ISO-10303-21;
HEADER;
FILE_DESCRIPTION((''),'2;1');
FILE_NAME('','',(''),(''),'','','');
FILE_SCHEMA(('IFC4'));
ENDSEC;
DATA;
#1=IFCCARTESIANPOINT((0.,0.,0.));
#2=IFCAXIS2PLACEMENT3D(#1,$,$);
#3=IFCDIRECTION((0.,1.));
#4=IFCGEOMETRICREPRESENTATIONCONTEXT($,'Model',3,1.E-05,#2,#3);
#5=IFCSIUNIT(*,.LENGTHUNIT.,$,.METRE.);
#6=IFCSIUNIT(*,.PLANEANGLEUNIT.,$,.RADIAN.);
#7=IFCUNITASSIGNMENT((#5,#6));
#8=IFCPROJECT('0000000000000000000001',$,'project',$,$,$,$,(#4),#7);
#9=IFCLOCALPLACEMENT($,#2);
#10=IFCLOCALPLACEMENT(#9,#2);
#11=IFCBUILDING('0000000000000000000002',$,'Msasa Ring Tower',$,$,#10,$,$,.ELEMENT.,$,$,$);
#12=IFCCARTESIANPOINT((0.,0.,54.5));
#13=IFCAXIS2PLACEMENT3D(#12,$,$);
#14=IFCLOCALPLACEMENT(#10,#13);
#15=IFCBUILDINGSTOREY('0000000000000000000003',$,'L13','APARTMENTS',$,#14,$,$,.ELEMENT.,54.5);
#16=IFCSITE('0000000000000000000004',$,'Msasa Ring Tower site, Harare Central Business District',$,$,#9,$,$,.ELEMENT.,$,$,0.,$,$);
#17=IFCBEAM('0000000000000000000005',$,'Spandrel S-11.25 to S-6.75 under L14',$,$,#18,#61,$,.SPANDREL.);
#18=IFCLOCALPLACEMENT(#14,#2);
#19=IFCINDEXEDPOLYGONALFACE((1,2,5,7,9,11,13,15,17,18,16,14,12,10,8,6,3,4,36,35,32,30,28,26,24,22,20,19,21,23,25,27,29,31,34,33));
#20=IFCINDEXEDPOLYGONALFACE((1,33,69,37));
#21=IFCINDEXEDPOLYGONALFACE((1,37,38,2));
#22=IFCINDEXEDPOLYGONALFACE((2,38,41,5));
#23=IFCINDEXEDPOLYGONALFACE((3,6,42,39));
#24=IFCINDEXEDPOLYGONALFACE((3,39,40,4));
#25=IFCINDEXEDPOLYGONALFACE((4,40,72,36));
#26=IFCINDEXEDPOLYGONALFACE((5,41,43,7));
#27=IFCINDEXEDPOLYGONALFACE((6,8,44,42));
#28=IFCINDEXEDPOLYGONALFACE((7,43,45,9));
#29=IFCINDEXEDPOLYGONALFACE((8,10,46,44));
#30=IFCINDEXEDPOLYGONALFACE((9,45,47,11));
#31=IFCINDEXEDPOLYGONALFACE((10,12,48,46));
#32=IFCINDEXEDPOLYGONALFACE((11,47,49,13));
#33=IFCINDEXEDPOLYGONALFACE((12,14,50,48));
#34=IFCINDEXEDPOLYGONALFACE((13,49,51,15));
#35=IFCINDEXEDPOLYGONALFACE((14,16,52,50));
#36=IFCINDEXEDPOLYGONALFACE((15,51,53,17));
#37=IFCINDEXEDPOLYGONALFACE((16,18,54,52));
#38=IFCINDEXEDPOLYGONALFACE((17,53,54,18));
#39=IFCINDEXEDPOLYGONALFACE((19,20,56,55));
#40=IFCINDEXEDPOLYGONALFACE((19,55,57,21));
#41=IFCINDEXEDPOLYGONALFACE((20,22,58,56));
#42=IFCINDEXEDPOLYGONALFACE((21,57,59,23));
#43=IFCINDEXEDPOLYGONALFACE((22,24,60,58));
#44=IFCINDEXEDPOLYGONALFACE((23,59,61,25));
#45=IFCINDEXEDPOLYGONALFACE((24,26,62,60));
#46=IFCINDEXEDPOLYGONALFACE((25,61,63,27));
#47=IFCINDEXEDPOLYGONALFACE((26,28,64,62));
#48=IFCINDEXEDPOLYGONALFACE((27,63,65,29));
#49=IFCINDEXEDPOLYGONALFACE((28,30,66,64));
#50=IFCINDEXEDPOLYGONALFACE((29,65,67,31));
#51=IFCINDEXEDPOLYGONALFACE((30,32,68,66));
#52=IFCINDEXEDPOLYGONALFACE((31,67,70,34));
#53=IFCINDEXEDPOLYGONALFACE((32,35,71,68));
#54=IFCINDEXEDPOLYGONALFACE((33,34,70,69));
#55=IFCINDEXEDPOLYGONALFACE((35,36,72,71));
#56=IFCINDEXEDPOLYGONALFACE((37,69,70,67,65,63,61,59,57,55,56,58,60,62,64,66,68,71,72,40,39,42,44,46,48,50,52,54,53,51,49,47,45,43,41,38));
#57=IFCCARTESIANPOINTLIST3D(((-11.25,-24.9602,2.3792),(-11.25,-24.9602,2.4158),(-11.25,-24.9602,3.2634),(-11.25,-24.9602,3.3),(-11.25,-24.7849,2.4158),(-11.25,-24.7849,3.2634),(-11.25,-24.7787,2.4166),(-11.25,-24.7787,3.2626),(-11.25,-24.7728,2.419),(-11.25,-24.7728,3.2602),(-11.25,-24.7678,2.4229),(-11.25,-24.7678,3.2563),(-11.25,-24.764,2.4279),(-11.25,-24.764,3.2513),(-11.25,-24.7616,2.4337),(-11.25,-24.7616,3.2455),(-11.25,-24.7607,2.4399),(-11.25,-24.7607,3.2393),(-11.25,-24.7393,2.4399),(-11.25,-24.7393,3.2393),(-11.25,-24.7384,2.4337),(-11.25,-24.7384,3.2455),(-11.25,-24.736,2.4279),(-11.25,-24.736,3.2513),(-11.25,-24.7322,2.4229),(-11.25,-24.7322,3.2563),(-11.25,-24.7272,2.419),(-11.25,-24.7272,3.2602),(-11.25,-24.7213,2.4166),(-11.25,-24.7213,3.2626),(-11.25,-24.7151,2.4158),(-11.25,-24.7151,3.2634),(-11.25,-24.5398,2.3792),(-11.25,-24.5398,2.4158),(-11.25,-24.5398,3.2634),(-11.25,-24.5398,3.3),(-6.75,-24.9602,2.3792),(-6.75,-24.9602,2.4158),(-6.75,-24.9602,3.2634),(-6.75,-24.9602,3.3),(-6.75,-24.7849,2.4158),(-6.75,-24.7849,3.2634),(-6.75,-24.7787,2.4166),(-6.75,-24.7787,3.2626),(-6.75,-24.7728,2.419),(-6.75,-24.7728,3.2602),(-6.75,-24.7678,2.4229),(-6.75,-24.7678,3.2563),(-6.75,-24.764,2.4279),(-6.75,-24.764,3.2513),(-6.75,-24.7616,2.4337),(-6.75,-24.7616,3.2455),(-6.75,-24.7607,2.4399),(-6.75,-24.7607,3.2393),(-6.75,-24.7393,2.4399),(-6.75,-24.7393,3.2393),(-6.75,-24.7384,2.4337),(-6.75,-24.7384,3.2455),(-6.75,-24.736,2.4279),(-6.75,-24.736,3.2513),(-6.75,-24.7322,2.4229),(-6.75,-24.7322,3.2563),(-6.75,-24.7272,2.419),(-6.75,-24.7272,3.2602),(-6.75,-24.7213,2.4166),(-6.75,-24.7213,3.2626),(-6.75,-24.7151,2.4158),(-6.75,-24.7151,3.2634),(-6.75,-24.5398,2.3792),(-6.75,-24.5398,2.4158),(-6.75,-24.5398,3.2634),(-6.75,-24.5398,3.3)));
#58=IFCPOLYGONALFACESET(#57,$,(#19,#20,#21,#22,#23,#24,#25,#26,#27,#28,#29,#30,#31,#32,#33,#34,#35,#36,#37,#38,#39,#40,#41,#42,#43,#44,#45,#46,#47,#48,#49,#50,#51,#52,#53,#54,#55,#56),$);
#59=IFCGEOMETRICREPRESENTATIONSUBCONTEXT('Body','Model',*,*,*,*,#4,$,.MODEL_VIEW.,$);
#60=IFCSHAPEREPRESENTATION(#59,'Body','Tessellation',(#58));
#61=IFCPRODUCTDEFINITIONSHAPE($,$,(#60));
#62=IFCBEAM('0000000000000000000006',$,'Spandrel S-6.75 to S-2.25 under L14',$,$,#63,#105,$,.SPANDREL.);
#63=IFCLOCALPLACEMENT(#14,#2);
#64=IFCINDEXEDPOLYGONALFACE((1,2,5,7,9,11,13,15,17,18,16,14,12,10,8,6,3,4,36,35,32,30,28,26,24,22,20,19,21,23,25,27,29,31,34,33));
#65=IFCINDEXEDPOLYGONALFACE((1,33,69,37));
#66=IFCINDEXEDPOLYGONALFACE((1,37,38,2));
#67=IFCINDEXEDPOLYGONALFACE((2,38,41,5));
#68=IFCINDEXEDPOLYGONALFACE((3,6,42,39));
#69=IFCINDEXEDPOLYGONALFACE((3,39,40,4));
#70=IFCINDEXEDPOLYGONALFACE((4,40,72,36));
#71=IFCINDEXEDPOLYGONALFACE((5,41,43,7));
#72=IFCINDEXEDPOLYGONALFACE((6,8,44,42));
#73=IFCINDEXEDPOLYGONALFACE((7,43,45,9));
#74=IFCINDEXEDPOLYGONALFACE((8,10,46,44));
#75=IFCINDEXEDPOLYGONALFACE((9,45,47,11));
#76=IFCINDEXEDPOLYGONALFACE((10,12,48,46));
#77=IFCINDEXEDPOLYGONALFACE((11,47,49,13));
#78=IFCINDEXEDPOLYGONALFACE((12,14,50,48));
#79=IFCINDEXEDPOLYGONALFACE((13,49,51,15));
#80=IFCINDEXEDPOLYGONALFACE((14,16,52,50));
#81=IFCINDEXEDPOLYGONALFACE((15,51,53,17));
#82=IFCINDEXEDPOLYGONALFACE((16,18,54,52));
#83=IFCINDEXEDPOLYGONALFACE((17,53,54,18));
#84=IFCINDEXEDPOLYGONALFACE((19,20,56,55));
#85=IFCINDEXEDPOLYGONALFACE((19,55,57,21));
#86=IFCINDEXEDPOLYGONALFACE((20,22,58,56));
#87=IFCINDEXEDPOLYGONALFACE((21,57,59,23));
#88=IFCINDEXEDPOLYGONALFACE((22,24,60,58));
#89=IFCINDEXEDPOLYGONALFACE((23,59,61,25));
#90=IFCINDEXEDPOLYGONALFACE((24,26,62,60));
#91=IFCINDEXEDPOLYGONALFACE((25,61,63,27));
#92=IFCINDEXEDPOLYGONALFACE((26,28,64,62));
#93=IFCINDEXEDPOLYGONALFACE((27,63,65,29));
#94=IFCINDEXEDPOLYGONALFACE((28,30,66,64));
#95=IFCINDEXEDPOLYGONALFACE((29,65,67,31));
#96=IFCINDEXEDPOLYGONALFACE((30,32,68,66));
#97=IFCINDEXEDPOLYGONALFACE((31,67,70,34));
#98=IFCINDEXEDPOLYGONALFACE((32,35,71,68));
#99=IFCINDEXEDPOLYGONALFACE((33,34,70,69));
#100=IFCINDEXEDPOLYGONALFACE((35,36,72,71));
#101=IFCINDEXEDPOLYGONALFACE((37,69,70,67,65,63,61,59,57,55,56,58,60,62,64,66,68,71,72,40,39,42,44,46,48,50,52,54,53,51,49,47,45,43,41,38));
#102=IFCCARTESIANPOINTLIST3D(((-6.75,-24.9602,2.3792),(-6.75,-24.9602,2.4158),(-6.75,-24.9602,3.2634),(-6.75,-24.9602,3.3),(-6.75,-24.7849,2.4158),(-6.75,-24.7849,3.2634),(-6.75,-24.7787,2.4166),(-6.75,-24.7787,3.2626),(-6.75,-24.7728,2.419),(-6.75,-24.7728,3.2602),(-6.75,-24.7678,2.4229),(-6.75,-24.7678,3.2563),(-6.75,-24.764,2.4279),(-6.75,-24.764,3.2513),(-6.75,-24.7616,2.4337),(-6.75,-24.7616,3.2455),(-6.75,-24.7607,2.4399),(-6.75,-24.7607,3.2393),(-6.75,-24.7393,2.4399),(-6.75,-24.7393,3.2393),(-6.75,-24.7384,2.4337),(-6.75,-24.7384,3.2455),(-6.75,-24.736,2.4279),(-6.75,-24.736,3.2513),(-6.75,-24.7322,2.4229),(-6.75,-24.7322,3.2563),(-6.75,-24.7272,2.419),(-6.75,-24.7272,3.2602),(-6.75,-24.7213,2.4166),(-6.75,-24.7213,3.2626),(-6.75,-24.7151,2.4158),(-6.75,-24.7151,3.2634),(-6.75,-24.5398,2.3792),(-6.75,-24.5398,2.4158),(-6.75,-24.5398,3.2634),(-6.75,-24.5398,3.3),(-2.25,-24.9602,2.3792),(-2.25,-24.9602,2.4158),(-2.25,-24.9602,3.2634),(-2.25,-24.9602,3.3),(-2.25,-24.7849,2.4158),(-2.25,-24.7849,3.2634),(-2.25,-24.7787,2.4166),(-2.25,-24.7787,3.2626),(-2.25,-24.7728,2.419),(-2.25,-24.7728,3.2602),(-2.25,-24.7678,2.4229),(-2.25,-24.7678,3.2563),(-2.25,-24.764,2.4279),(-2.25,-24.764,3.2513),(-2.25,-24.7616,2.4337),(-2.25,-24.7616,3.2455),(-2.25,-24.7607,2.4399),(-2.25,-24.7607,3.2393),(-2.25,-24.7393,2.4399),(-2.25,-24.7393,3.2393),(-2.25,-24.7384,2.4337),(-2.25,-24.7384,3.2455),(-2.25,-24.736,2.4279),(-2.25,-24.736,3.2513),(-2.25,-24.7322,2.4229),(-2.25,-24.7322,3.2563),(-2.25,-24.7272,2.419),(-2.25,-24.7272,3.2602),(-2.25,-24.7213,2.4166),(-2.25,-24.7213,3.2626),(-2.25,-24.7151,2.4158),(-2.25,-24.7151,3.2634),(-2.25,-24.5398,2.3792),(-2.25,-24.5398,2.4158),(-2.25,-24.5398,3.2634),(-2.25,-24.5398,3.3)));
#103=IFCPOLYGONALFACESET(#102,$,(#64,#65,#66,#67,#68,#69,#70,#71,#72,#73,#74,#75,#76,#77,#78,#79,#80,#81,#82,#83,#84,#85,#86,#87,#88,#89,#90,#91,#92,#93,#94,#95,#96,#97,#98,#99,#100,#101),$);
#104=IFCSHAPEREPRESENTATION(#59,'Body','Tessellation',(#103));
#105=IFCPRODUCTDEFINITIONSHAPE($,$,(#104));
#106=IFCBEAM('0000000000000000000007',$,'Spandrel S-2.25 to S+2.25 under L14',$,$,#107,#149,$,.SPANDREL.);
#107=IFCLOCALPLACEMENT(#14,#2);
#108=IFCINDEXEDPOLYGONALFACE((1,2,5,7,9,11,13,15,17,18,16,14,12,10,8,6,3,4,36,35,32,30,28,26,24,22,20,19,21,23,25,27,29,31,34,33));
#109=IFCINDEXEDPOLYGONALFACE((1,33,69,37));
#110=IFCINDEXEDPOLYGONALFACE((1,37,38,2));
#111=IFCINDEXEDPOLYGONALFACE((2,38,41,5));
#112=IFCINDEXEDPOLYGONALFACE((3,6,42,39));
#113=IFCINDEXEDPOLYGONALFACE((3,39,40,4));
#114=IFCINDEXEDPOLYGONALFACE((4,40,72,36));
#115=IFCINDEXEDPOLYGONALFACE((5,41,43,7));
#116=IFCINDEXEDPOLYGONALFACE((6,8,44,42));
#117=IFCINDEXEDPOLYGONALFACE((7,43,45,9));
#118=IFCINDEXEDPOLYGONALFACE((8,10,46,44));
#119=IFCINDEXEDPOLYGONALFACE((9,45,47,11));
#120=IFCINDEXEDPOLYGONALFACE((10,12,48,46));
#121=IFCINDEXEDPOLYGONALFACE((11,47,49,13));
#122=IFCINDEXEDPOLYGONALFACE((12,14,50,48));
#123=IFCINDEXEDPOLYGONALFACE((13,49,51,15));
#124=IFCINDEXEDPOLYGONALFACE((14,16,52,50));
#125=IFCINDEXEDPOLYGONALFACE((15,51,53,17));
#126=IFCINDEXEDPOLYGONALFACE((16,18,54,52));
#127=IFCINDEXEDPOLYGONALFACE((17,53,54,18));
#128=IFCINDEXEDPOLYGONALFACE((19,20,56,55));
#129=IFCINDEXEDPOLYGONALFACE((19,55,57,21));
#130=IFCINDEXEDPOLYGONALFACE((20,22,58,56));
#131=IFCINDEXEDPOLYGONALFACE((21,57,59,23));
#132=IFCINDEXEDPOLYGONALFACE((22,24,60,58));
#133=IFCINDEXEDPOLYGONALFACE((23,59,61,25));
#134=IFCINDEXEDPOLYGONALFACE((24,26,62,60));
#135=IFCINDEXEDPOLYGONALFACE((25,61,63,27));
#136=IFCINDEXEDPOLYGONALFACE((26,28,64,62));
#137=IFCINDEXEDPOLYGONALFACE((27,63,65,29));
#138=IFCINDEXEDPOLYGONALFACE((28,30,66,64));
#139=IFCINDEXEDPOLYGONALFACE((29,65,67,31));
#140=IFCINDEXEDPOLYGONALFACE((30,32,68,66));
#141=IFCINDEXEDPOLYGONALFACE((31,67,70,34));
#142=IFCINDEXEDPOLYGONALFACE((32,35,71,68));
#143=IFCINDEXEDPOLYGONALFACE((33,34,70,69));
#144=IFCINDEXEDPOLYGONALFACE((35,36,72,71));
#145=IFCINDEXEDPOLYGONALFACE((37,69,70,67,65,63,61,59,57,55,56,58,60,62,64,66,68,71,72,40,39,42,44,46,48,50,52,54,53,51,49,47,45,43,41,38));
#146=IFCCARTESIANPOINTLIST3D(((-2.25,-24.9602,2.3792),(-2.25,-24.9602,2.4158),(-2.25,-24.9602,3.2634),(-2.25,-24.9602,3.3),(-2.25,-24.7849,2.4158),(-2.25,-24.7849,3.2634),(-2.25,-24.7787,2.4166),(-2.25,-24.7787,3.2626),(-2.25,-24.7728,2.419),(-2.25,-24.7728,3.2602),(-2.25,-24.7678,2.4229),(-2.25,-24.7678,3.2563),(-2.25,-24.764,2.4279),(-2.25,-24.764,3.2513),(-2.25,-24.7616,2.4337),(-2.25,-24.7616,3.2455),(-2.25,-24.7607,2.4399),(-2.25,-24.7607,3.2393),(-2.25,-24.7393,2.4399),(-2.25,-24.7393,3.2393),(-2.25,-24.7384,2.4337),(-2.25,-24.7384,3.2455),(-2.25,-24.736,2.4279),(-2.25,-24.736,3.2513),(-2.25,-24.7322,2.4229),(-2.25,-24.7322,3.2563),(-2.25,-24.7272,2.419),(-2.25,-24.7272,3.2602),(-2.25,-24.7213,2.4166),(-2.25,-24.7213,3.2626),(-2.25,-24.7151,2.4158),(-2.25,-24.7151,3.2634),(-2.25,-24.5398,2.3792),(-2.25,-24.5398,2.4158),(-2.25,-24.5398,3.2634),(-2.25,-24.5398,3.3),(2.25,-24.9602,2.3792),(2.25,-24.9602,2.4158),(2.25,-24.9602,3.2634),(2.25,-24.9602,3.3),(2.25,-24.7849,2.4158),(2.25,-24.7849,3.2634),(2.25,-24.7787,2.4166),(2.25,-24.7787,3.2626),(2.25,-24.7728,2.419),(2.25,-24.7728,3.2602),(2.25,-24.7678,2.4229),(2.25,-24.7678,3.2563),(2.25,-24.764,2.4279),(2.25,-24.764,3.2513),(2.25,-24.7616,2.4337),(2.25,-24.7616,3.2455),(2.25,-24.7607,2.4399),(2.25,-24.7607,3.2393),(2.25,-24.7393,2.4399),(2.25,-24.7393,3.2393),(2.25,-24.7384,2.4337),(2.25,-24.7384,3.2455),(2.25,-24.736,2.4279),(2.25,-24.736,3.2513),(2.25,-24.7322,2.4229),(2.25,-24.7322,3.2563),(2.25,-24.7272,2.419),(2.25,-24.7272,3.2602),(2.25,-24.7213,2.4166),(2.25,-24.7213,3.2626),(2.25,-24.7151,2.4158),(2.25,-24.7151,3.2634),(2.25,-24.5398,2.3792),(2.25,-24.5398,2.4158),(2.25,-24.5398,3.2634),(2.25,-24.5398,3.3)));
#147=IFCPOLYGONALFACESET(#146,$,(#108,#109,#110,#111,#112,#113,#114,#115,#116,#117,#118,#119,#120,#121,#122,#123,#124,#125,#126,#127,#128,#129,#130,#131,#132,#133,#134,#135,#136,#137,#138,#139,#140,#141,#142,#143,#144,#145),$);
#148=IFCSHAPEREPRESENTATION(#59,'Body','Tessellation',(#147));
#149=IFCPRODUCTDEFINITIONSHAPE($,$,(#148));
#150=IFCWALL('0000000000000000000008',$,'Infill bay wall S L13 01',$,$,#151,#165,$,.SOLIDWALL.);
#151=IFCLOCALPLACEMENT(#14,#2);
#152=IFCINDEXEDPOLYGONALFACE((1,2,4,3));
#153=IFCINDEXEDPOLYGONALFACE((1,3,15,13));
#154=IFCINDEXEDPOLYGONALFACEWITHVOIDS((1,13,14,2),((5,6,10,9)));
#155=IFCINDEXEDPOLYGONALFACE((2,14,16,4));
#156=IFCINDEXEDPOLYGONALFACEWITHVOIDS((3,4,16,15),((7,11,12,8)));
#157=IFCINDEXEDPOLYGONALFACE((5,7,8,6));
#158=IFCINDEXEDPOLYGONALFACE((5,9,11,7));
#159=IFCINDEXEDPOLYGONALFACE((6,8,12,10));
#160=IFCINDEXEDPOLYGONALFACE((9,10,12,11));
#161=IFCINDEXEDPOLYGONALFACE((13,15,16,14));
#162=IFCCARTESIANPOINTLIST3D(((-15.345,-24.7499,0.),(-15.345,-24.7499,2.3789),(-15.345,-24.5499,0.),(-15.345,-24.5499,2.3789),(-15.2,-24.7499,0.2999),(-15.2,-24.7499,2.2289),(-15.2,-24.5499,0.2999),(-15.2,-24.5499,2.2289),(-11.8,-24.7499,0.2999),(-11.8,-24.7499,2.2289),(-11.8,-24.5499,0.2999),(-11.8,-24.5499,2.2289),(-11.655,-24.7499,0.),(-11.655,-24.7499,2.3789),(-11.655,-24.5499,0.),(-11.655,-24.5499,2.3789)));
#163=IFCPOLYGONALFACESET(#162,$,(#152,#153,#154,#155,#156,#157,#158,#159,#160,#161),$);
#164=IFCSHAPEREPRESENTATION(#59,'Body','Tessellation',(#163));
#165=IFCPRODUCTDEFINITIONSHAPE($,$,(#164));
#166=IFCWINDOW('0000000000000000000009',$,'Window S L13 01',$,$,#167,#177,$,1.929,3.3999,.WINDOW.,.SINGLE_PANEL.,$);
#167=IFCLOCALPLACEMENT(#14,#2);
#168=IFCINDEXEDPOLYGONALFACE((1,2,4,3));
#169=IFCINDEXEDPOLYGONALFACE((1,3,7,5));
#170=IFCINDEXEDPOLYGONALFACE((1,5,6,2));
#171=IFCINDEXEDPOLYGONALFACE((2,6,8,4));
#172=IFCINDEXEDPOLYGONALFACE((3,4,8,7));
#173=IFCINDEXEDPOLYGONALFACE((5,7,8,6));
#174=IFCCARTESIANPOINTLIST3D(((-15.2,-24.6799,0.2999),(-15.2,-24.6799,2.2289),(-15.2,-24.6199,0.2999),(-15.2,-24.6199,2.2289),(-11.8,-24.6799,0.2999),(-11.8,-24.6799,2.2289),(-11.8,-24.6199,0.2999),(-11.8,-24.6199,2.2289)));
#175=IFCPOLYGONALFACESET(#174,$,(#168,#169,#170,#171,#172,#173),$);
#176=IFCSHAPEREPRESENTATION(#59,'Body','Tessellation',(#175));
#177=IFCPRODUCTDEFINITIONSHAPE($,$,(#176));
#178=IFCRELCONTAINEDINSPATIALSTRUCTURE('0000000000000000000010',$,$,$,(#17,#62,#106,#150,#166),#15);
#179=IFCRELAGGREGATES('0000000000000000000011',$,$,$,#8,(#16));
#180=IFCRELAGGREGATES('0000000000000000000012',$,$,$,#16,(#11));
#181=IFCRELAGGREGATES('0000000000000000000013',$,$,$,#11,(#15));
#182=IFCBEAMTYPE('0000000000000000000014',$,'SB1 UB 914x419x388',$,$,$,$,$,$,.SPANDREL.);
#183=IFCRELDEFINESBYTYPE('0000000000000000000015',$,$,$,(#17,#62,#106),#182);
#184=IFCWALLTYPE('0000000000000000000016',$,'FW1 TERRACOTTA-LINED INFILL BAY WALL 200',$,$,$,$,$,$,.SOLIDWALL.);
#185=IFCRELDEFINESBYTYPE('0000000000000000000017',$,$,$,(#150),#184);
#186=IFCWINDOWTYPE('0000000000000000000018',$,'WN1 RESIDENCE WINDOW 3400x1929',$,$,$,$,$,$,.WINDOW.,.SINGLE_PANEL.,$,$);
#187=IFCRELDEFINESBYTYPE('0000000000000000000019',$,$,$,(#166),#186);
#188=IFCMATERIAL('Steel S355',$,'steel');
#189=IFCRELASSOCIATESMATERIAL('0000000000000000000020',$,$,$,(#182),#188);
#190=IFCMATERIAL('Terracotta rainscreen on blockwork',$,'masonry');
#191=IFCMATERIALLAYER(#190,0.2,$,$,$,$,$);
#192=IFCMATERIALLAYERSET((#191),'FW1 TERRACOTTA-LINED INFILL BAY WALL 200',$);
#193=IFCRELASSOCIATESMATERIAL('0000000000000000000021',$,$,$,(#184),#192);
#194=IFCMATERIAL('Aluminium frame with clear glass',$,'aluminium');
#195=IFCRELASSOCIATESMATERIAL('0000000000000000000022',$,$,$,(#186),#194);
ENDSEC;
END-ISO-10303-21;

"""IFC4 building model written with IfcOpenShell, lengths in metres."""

from ifc_helpers import new_model, si_unit, direction, frame, frame_2d, origin, origin_2d, place, context, subcontext, project, spatial, rectangle, i_section, extrude, material, layer, layer_set, material_profile, profile_set, type_object, element, fill, save


model = new_model("IFC4")

# Units and contexts
model_context = context("Model", 3, precision=1e-05, world=origin(), true_north=direction((0.0, 1.0)))
body_context = subcontext(model_context, "Body", "Model", "MODEL_VIEW")
ifc_project = project(units=[si_unit("LENGTHUNIT", "METRE"), si_unit("PLANEANGLEUNIT", "RADIAN")], contexts=[model_context])

# Site, building, storey
site_placement = place(None, origin())
site = spatial("IfcSite", under=ifc_project, at=site_placement, Name="Msasa Ring Tower site, Harare Central Business District", CompositionType="ELEMENT", RefElevation=0.0)
building_placement = place(site_placement, origin())
building = spatial("IfcBuilding", under=site, at=building_placement, Name="Msasa Ring Tower", CompositionType="ELEMENT")
storey_placement = place(building_placement, frame((0.0, 0.0, 54.5)))
storey = spatial("IfcBuildingStorey", under=building, at=storey_placement, Name="L13", Description="APARTMENTS", CompositionType="ELEMENT", Elevation=54.5)

# Beams
ifc_material_1 = material(Name="Steel S355", Category="steel")
ifc_material_profile_1 = material_profile(ifc_material_1, i_section(OverallWidth=0.4204, OverallDepth=0.9209, WebThickness=0.0215, FlangeThickness=0.0366, FilletRadius=0.0242, at=origin_2d()), Name="UB 914x419x388")
ifc_profile_set_1 = profile_set([ifc_material_profile_1], Name="Steel S355")
beam_type_1 = type_object("IfcBeamType", Name="SB1 UB 914x419x388", PredefinedType="SPANDREL", material=ifc_profile_set_1)
for number, where, z_axis, x_axis, name in (
    (1, (-11.25, -24.75, 2.8396), (1.0, 0.0, 0.0), (0.0, 1.0, 0.0), "Spandrel S-11.25 to S-6.75 under L14"),
    (2, (-6.75, -24.75, 2.8396), (1.0, 0.0, 0.0), (0.0, 1.0, 0.0), "Spandrel S-6.75 to S-2.25 under L14"),
    (3, (-2.25, -24.75, 2.8396), (1.0, 0.0, 0.0), (0.0, 1.0, 0.0), "Spandrel S-2.25 to S+2.25 under L14"),
):
    element("IfcBeam", number, at=place(storey_placement, frame(where, z_axis=z_axis, x_axis=x_axis)), inside=storey, type_object=beam_type_1, Name=name, PredefinedType="SPANDREL", context=body_context, shape_type="SweptSolid", body=[
        extrude(i_section(OverallWidth=0.4204, OverallDepth=0.9209, WebThickness=0.0215, FlangeThickness=0.0366, FilletRadius=0.0242, at=origin_2d()), origin(), (0.0, 0.0, 1.0), 4.5),
    ])

# Wall, opening, window
ifc_material_2 = material(Name="Terracotta rainscreen on blockwork", Category="masonry")
ifc_layer_1 = layer(ifc_material_2, 0.2)
ifc_layer_set_1 = layer_set([ifc_layer_1], Name="FW1 TERRACOTTA-LINED INFILL BAY WALL 200")
wall_type_1 = type_object("IfcWallType", Name="FW1 TERRACOTTA-LINED INFILL BAY WALL 200", PredefinedType="SOLIDWALL", material=ifc_layer_set_1)
wall_1_placement = place(storey_placement, frame((-15.345, -24.6499, 0.0), z_axis=(0.0, 0.0, 1.0), x_axis=(1.0, 0.0, 0.0)))
wall_1 = element("IfcWall", 4, at=wall_1_placement, inside=storey, type_object=wall_type_1, Name="Infill bay wall S L13 01", PredefinedType="SOLIDWALL", context=body_context, shape_type="SweptSolid", body=[
    extrude(rectangle(XDim=3.6899, YDim=0.2, at=frame_2d((1.845, 0.0))), origin(), (0.0, 0.0, 1.0), 2.3789),
])
opening_1_placement = place(wall_1_placement, frame((0.145, 0.0, 0.3)))
opening_1 = element("IfcOpeningElement", 5, at=opening_1_placement, cuts=wall_1, PredefinedType="OPENING", context=body_context, shape_type="SweptSolid", body=[
    extrude(rectangle(XDim=3.3999, YDim=1.929, at=frame_2d((1.7, 0.9644))), frame((0.0, 0.1099, 0.0), z_axis=(0.0, -1.0, 0.0), x_axis=(1.0, 0.0, 0.0)), (0.0, 0.0, 1.0), 0.22),
])
ifc_material_3 = material(Name="Aluminium frame with clear glass", Category="aluminium")
window_type = type_object("IfcWindowType", Name="WN1 RESIDENCE WINDOW 3400x1929", PartitioningType="SINGLE_PANEL", PredefinedType="WINDOW", material=ifc_material_3)
window_1_placement = place(opening_1_placement, origin())
window_1 = element("IfcWindow", 6, at=window_1_placement, inside=storey, type_object=window_type, Name="Window S L13 01", OverallHeight=1.929, OverallWidth=3.3999, PartitioningType="SINGLE_PANEL", PredefinedType="WINDOW", context=body_context, shape_type="SweptSolid", body=[
    extrude(rectangle(XDim=3.3999, YDim=1.929, at=frame_2d((1.7, 0.9644))), frame((0.0, 0.03, 0.0), z_axis=(0.0, -1.0, 0.0), x_axis=(1.0, 0.0, 0.0)), (0.0, 0.0, 1.0), 0.0601),
])
fill(opening_1, window_1)

save(model, "model.ifc")
